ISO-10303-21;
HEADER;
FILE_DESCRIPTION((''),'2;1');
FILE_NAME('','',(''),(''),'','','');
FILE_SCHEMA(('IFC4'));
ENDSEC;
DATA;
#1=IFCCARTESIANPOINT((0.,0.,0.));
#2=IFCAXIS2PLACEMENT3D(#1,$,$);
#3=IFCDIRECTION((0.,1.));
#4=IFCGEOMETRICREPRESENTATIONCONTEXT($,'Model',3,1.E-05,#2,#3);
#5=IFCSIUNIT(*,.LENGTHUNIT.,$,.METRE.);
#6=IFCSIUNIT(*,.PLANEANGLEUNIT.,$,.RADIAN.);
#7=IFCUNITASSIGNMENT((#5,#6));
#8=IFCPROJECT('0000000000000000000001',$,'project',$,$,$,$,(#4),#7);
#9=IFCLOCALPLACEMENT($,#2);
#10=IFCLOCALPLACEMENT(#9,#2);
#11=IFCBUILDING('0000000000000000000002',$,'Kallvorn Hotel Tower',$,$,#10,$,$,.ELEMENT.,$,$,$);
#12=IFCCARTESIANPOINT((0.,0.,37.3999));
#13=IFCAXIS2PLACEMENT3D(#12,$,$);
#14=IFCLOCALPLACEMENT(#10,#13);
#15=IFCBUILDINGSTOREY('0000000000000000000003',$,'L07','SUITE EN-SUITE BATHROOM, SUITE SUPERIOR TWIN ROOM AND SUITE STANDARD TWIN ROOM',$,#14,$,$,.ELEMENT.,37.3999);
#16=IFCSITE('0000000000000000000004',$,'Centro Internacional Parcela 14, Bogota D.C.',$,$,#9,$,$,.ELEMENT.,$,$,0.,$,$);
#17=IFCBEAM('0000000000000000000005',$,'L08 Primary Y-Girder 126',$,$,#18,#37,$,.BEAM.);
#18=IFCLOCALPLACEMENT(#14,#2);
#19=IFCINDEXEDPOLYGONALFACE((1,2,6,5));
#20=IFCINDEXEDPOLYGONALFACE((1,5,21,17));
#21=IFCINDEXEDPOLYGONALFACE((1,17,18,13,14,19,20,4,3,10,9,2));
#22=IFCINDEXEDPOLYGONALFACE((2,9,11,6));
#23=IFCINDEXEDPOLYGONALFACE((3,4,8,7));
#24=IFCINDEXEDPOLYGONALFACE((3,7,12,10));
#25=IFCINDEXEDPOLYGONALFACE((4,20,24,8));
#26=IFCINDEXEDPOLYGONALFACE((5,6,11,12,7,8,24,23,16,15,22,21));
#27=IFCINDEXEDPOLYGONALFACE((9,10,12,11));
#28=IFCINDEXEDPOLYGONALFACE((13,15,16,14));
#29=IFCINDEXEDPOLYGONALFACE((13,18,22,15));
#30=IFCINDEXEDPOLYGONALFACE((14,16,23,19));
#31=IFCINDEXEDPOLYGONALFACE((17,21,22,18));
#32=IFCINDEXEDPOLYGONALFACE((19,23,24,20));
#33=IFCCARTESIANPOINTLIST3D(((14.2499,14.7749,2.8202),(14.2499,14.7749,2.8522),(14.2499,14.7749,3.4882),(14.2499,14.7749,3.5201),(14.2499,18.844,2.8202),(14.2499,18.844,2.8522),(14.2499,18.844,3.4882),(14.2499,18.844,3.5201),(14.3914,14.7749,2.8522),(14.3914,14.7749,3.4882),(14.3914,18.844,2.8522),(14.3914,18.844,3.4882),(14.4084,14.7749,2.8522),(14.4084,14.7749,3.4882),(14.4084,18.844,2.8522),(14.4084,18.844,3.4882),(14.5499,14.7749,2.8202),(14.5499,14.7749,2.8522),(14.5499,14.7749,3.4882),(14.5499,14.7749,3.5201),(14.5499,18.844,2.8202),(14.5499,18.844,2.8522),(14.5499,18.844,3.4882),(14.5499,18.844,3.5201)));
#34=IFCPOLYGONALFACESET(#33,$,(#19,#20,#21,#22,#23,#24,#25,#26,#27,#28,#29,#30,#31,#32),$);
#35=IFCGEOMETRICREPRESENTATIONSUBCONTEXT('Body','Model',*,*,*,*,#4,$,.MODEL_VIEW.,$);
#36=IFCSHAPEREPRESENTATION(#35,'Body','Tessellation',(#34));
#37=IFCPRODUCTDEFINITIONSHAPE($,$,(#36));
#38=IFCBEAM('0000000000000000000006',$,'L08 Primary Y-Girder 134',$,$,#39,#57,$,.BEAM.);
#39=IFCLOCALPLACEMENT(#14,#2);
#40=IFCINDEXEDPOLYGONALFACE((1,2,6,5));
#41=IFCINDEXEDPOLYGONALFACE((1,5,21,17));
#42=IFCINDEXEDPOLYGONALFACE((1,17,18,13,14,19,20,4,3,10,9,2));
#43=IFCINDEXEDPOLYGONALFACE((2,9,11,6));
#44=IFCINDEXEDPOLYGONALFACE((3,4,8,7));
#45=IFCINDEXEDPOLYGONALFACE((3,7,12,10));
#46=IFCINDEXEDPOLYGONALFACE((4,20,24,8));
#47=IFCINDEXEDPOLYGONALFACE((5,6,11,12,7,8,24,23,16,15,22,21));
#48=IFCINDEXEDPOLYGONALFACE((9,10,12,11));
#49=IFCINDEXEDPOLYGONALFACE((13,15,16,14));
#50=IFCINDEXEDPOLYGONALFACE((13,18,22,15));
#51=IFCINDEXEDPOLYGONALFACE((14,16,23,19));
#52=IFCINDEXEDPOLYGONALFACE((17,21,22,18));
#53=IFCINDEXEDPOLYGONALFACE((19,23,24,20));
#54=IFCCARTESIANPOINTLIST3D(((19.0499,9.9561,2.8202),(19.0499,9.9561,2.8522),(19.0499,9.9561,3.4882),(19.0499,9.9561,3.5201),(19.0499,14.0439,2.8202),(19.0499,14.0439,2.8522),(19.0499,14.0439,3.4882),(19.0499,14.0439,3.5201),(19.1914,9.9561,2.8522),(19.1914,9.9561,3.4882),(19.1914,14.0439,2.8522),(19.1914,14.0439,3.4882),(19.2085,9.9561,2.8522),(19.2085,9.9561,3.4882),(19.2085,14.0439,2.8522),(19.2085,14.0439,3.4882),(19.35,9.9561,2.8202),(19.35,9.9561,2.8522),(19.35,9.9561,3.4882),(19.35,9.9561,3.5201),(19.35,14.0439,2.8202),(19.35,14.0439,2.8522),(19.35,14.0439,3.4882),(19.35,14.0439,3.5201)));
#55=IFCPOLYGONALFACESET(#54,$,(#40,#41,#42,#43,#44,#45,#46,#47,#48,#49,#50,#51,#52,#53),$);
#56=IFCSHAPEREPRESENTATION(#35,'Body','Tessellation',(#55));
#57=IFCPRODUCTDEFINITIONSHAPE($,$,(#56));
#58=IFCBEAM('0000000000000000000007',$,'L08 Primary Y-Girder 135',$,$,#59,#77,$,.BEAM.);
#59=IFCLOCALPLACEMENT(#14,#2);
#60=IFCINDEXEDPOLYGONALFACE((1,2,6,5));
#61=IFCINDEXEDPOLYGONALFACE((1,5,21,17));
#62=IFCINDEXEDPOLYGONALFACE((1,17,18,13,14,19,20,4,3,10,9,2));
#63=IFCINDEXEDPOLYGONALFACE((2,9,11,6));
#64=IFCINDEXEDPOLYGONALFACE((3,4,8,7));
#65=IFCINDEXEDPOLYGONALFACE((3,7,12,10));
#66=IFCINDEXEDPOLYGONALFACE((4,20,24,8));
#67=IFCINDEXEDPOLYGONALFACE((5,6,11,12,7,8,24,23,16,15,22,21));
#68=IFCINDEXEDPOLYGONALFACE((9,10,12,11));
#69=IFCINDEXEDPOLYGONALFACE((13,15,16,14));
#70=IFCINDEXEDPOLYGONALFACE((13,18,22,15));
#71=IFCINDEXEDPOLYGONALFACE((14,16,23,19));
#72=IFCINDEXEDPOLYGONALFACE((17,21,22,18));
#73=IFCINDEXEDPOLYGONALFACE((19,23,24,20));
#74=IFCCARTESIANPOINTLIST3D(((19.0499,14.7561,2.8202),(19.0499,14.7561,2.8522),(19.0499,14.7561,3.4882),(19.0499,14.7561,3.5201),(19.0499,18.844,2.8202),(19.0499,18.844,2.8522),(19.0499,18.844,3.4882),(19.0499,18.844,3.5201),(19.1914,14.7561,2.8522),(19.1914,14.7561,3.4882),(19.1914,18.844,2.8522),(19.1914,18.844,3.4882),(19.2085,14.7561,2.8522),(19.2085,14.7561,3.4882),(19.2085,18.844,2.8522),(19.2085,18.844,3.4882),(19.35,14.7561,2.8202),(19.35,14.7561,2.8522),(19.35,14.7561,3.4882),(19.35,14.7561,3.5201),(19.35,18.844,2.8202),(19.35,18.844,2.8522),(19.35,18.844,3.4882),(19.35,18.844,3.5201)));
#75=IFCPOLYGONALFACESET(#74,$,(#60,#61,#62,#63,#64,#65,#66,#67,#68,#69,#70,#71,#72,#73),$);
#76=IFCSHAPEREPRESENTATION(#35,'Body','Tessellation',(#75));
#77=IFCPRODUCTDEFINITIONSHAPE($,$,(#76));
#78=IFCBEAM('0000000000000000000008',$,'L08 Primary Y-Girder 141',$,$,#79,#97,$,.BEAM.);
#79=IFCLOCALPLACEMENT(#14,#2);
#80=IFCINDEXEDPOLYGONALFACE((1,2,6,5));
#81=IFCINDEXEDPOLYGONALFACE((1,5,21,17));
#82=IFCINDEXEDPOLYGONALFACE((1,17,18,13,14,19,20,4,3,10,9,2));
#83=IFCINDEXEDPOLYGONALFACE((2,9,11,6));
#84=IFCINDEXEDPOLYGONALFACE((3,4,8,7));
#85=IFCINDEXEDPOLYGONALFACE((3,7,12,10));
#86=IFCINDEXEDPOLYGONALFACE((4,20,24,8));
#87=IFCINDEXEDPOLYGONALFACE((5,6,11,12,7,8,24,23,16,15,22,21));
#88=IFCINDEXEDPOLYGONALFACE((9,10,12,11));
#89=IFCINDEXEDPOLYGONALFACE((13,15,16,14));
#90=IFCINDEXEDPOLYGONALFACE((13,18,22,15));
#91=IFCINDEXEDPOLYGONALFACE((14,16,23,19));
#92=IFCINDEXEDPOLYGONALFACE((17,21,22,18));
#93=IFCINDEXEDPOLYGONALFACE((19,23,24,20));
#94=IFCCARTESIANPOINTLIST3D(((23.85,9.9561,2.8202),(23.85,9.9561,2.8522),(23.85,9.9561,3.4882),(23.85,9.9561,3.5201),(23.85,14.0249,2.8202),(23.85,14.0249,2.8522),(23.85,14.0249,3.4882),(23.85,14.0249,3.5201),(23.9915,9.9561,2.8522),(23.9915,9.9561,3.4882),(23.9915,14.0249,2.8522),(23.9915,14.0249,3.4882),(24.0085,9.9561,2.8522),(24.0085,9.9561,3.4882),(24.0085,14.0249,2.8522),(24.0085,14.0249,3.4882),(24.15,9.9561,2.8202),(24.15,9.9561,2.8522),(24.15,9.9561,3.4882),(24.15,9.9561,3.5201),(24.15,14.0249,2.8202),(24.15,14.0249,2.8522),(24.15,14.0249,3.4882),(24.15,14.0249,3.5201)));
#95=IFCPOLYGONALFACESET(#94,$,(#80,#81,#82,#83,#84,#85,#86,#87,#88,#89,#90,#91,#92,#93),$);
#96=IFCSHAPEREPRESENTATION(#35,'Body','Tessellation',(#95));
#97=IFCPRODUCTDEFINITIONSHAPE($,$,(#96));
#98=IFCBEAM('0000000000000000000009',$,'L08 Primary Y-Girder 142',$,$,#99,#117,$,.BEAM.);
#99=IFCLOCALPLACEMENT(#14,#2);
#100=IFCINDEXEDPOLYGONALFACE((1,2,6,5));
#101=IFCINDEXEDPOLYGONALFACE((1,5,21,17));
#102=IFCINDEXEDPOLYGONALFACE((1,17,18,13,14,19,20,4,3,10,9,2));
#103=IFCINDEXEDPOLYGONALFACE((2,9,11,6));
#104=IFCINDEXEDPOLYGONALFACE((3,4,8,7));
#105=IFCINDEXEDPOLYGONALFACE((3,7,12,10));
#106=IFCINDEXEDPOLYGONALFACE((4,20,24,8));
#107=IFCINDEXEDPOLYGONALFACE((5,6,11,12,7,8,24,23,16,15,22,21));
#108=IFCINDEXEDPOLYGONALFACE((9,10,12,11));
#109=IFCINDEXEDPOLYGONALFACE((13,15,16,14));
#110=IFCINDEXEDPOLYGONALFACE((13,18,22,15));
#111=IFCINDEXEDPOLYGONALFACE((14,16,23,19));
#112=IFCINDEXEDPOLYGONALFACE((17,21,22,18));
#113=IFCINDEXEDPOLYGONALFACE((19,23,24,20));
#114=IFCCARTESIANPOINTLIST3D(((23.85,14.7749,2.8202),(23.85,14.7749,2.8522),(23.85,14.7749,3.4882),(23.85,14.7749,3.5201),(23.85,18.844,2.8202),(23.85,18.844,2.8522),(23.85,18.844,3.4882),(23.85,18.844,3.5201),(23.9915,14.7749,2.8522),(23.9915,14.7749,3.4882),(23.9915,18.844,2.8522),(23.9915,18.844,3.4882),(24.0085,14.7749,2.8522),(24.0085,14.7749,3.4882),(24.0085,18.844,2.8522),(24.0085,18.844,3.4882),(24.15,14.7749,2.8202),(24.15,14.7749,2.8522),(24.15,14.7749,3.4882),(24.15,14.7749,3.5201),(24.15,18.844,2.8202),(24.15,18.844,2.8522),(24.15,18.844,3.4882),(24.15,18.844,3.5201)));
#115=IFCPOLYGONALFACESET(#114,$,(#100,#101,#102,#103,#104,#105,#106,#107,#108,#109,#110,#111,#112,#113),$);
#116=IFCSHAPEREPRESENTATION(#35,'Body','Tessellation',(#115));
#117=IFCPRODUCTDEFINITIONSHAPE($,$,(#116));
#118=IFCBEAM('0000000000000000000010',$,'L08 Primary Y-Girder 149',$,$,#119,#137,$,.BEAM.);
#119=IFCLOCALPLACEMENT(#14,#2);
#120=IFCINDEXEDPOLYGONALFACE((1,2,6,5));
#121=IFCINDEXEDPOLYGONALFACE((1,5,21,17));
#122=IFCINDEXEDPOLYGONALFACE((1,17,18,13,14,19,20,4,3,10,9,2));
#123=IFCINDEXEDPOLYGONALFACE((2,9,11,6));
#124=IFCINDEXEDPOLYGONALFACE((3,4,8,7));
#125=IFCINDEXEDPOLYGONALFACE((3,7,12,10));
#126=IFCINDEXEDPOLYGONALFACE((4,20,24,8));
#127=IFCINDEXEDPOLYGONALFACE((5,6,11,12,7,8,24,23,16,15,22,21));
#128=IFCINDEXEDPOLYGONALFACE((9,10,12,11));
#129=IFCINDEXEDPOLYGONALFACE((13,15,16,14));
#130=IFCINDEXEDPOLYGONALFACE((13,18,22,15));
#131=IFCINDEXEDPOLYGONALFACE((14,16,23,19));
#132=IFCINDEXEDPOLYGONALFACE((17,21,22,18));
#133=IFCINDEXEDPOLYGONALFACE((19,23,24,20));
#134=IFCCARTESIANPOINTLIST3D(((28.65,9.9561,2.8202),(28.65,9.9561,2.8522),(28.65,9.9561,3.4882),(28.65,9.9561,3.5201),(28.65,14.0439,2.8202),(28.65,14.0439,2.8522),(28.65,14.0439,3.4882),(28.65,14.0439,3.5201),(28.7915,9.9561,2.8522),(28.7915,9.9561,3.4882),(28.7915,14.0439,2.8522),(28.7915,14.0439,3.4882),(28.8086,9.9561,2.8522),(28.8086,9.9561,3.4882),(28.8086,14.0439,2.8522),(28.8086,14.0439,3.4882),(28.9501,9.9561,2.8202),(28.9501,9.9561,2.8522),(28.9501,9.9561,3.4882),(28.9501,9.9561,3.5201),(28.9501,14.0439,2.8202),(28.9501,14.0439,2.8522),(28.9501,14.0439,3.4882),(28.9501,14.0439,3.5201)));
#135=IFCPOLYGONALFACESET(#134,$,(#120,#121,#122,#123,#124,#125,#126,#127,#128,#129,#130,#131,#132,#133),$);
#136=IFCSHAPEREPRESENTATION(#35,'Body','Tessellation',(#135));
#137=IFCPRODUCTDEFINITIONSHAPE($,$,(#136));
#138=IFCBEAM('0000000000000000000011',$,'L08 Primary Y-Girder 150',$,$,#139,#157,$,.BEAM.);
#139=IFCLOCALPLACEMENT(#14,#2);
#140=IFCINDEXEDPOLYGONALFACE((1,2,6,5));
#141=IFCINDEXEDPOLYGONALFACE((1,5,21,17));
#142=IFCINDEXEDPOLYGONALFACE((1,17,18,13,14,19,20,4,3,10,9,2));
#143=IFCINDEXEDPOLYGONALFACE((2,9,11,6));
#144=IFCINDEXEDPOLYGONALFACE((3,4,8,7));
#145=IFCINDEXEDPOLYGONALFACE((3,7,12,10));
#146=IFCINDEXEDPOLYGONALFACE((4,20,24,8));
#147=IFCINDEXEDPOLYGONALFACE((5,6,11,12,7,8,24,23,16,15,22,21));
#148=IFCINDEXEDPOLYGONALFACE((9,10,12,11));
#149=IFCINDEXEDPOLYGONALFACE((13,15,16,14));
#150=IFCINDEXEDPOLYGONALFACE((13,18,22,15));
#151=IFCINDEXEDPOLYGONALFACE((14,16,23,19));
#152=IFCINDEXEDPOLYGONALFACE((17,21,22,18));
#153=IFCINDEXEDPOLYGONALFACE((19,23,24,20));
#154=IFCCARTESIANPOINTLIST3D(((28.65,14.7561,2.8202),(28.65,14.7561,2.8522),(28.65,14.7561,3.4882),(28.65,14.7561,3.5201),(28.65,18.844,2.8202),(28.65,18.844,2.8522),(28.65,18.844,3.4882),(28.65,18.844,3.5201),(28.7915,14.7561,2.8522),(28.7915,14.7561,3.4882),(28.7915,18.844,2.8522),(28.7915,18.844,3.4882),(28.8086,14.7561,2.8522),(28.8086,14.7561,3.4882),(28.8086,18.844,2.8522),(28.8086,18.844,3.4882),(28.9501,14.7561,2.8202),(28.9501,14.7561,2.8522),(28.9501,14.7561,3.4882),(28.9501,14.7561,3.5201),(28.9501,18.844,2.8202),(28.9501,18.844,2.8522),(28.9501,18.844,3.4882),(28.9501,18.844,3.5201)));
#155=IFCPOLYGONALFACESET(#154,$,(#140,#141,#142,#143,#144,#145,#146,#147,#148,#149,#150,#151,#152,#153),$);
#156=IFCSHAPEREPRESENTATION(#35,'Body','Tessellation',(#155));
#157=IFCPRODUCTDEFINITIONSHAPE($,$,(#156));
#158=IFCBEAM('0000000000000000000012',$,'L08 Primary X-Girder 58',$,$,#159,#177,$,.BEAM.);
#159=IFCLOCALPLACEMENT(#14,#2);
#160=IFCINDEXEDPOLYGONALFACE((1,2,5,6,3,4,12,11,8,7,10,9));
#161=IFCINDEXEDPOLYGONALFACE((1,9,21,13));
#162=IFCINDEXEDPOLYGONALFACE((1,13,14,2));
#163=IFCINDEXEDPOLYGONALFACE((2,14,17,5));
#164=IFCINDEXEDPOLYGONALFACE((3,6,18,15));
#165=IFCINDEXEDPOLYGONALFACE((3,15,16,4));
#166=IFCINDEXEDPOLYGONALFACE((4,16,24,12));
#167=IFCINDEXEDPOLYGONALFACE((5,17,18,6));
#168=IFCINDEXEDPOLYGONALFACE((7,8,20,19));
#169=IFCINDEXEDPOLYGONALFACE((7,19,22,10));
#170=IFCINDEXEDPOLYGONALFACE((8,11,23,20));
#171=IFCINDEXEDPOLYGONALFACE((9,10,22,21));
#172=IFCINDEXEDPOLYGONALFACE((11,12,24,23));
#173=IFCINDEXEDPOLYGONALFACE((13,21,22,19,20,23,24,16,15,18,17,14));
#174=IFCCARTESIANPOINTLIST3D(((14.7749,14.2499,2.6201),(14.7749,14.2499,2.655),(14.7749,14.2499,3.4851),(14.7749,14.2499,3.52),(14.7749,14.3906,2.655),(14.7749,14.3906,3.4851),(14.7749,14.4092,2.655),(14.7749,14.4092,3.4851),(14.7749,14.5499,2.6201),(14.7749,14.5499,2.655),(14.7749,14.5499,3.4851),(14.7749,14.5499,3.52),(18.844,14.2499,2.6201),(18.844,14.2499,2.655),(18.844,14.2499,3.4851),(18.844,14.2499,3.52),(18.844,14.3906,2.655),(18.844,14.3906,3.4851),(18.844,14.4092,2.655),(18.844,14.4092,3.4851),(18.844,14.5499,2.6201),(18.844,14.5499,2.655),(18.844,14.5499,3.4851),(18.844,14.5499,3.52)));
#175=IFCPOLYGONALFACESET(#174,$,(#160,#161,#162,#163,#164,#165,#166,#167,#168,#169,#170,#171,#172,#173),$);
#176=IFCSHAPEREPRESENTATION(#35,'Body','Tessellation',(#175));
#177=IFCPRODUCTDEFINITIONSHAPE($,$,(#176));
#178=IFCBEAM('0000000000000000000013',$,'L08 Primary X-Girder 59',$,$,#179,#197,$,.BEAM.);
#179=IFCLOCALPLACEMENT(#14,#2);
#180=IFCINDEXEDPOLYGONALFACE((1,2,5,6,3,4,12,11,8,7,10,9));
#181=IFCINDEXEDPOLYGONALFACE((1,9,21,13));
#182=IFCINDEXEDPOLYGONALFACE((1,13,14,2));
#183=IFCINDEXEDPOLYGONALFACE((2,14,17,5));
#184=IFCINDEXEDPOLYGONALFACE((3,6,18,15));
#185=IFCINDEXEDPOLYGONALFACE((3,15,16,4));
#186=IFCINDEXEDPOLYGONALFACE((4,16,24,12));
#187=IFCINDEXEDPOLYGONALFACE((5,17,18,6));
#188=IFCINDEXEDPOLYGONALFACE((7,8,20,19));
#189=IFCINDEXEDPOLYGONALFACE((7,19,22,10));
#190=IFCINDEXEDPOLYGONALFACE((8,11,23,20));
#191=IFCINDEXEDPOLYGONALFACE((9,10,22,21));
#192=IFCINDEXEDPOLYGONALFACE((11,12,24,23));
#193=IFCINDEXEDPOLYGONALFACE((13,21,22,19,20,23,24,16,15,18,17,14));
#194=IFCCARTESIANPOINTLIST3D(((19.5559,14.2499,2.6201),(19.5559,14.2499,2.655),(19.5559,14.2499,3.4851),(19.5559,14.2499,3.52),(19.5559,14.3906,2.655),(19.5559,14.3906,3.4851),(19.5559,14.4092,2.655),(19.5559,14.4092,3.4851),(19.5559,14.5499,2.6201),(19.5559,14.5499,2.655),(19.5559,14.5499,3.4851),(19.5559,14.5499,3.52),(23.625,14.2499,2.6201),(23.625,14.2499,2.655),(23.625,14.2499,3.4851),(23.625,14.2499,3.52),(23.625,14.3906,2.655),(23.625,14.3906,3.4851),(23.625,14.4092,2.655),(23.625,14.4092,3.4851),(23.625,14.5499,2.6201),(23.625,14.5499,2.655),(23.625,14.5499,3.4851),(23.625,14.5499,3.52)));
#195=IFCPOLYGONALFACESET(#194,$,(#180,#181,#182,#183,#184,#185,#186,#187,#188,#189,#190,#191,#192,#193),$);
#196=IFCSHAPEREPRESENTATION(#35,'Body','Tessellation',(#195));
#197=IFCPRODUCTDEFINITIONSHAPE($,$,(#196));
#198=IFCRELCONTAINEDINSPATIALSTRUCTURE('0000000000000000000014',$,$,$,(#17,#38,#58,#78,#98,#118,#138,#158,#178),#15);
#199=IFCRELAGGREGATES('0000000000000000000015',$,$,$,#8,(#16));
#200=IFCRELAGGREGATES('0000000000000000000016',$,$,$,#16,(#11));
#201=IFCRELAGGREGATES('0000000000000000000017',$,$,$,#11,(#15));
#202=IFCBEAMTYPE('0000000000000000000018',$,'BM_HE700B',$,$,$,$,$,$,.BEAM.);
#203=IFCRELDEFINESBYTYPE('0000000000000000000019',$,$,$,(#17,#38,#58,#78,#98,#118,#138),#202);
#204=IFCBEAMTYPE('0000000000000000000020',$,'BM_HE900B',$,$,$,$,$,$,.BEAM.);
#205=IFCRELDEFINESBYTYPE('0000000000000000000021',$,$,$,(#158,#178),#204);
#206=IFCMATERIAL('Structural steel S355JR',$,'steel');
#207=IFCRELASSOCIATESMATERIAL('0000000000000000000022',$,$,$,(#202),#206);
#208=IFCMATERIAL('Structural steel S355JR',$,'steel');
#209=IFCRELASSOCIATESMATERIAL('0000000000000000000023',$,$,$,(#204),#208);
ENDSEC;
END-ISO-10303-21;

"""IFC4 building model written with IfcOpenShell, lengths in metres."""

from ifc_helpers import new_model, si_unit, direction, frame, origin, origin_2d, place, context, subcontext, project, spatial, i_section, extrude, material, material_profile, profile_set, type_object, element, save


model = new_model("IFC4")

# Units and contexts
model_context = context("Model", 3, precision=1e-05, world=origin(), true_north=direction((0.0, 1.0)))
body_context = subcontext(model_context, "Body", "Model", "MODEL_VIEW")
ifc_project = project(units=[si_unit("LENGTHUNIT", "METRE"), si_unit("PLANEANGLEUNIT", "RADIAN")], contexts=[model_context])

# Site, building, storey
site_placement = place(None, origin())
site = spatial("IfcSite", under=ifc_project, at=site_placement, Name="Centro Internacional Parcela 14, Bogota D.C.", CompositionType="ELEMENT", RefElevation=0.0)
building_placement = place(site_placement, origin())
building = spatial("IfcBuilding", under=site, at=building_placement, Name="Kallvorn Hotel Tower", CompositionType="ELEMENT")
storey_placement = place(building_placement, frame((0.0, 0.0, 37.3999)))
storey = spatial("IfcBuildingStorey", under=building, at=storey_placement, Name="L07", Description="SUITE EN-SUITE BATHROOM, SUITE SUPERIOR TWIN ROOM AND SUITE STANDARD TWIN ROOM", CompositionType="ELEMENT", Elevation=37.3999)

# Beams
ifc_material_1 = material(Name="Structural steel S355JR", Category="steel")
ifc_material_profile_1 = material_profile(ifc_material_1, i_section(OverallWidth=0.3, OverallDepth=0.7, WebThickness=0.0171, FlangeThickness=0.032, at=origin_2d()), Name="HE 700 B")
ifc_profile_set_1 = profile_set([ifc_material_profile_1], Name="Structural steel S355JR")
beam_type_1 = type_object("IfcBeamType", Name="BM_HE700B", PredefinedType="BEAM", material=ifc_profile_set_1)
beam_1_placement = place(storey_placement, frame((14.3999, 14.7749, 3.1702), z_axis=(0.0, 1.0, 0.0), x_axis=(-1.0, 0.0, 0.0)))
element("IfcBeam", 1, at=beam_1_placement, inside=storey, type_object=beam_type_1, Name="L08 Primary Y-Girder 126", PredefinedType="BEAM", context=body_context, shape_type="SweptSolid", body=[
    extrude(i_section(OverallWidth=0.3, OverallDepth=0.7, WebThickness=0.0171, FlangeThickness=0.032, at=origin_2d()), origin(), (0.0, 0.0, 1.0), 4.0691),
])
for number, where, z_axis, x_axis, name in (
    (2, (19.2, 9.9561, 3.1702), (0.0, 1.0, 0.0), (-1.0, 0.0, 0.0), "L08 Primary Y-Girder 134"),
    (3, (19.2, 14.7561, 3.1702), (0.0, 1.0, 0.0), (-1.0, 0.0, 0.0), "L08 Primary Y-Girder 135"),
):
    element("IfcBeam", number, at=place(storey_placement, frame(where, z_axis=z_axis, x_axis=x_axis)), inside=storey, type_object=beam_type_1, Name=name, PredefinedType="BEAM", context=body_context, shape_type="SweptSolid", body=[
        extrude(i_section(OverallWidth=0.3, OverallDepth=0.7, WebThickness=0.0171, FlangeThickness=0.032, at=origin_2d()), origin(), (0.0, 0.0, 1.0), 4.0879),
    ])
beam_2_placement = place(storey_placement, frame((24.0, 9.9561, 3.1702), z_axis=(0.0, 1.0, 0.0), x_axis=(-1.0, 0.0, 0.0)))
element("IfcBeam", 4, at=beam_2_placement, inside=storey, type_object=beam_type_1, Name="L08 Primary Y-Girder 141", PredefinedType="BEAM", context=body_context, shape_type="SweptSolid", body=[
    extrude(i_section(OverallWidth=0.3, OverallDepth=0.7, WebThickness=0.0171, FlangeThickness=0.032, at=origin_2d()), origin(), (0.0, 0.0, 1.0), 4.0688),
])
beam_3_placement = place(storey_placement, frame((24.0, 14.7749, 3.1702), z_axis=(0.0, 1.0, 0.0), x_axis=(-1.0, 0.0, 0.0)))
element("IfcBeam", 5, at=beam_3_placement, inside=storey, type_object=beam_type_1, Name="L08 Primary Y-Girder 142", PredefinedType="BEAM", context=body_context, shape_type="SweptSolid", body=[
    extrude(i_section(OverallWidth=0.3, OverallDepth=0.7, WebThickness=0.0171, FlangeThickness=0.032, at=origin_2d()), origin(), (0.0, 0.0, 1.0), 4.0691),
])
for number, where, z_axis, x_axis, name in (
    (6, (28.8, 9.9561, 3.1702), (0.0, 1.0, 0.0), (-1.0, 0.0, 0.0), "L08 Primary Y-Girder 149"),
    (7, (28.8, 14.7561, 3.1702), (0.0, 1.0, 0.0), (-1.0, 0.0, 0.0), "L08 Primary Y-Girder 150"),
):
    element("IfcBeam", number, at=place(storey_placement, frame(where, z_axis=z_axis, x_axis=x_axis)), inside=storey, type_object=beam_type_1, Name=name, PredefinedType="BEAM", context=body_context, shape_type="SweptSolid", body=[
        extrude(i_section(OverallWidth=0.3, OverallDepth=0.7, WebThickness=0.0171, FlangeThickness=0.032, at=origin_2d()), origin(), (0.0, 0.0, 1.0), 4.0879),
    ])
ifc_material_2 = material(Name="Structural steel S355JR", Category="steel")
ifc_material_profile_2 = material_profile(ifc_material_2, i_section(OverallWidth=0.3, OverallDepth=0.8999, WebThickness=0.0186, FlangeThickness=0.0349, at=origin_2d()), Name="HE 900 B")
ifc_profile_set_2 = profile_set([ifc_material_profile_2], Name="Structural steel S355JR")
beam_type_2 = type_object("IfcBeamType", Name="BM_HE900B", PredefinedType="BEAM", material=ifc_profile_set_2)
for number, where, z_axis, x_axis, name in (
    (8, (14.7749, 14.3999, 3.0701), (1.0, 0.0, 0.0), (0.0, 1.0, 0.0), "L08 Primary X-Girder 58"),
    (9, (19.5559, 14.3999, 3.0701), (1.0, 0.0, 0.0), (0.0, 1.0, 0.0), "L08 Primary X-Girder 59"),
):
    element("IfcBeam", number, at=place(storey_placement, frame(where, z_axis=z_axis, x_axis=x_axis)), inside=storey, type_object=beam_type_2, Name=name, PredefinedType="BEAM", context=body_context, shape_type="SweptSolid", body=[
        extrude(i_section(OverallWidth=0.3, OverallDepth=0.8999, WebThickness=0.0186, FlangeThickness=0.0349, at=origin_2d()), origin(), (0.0, 0.0, 1.0), 4.0691),
    ])

save(model, "model.ifc")
